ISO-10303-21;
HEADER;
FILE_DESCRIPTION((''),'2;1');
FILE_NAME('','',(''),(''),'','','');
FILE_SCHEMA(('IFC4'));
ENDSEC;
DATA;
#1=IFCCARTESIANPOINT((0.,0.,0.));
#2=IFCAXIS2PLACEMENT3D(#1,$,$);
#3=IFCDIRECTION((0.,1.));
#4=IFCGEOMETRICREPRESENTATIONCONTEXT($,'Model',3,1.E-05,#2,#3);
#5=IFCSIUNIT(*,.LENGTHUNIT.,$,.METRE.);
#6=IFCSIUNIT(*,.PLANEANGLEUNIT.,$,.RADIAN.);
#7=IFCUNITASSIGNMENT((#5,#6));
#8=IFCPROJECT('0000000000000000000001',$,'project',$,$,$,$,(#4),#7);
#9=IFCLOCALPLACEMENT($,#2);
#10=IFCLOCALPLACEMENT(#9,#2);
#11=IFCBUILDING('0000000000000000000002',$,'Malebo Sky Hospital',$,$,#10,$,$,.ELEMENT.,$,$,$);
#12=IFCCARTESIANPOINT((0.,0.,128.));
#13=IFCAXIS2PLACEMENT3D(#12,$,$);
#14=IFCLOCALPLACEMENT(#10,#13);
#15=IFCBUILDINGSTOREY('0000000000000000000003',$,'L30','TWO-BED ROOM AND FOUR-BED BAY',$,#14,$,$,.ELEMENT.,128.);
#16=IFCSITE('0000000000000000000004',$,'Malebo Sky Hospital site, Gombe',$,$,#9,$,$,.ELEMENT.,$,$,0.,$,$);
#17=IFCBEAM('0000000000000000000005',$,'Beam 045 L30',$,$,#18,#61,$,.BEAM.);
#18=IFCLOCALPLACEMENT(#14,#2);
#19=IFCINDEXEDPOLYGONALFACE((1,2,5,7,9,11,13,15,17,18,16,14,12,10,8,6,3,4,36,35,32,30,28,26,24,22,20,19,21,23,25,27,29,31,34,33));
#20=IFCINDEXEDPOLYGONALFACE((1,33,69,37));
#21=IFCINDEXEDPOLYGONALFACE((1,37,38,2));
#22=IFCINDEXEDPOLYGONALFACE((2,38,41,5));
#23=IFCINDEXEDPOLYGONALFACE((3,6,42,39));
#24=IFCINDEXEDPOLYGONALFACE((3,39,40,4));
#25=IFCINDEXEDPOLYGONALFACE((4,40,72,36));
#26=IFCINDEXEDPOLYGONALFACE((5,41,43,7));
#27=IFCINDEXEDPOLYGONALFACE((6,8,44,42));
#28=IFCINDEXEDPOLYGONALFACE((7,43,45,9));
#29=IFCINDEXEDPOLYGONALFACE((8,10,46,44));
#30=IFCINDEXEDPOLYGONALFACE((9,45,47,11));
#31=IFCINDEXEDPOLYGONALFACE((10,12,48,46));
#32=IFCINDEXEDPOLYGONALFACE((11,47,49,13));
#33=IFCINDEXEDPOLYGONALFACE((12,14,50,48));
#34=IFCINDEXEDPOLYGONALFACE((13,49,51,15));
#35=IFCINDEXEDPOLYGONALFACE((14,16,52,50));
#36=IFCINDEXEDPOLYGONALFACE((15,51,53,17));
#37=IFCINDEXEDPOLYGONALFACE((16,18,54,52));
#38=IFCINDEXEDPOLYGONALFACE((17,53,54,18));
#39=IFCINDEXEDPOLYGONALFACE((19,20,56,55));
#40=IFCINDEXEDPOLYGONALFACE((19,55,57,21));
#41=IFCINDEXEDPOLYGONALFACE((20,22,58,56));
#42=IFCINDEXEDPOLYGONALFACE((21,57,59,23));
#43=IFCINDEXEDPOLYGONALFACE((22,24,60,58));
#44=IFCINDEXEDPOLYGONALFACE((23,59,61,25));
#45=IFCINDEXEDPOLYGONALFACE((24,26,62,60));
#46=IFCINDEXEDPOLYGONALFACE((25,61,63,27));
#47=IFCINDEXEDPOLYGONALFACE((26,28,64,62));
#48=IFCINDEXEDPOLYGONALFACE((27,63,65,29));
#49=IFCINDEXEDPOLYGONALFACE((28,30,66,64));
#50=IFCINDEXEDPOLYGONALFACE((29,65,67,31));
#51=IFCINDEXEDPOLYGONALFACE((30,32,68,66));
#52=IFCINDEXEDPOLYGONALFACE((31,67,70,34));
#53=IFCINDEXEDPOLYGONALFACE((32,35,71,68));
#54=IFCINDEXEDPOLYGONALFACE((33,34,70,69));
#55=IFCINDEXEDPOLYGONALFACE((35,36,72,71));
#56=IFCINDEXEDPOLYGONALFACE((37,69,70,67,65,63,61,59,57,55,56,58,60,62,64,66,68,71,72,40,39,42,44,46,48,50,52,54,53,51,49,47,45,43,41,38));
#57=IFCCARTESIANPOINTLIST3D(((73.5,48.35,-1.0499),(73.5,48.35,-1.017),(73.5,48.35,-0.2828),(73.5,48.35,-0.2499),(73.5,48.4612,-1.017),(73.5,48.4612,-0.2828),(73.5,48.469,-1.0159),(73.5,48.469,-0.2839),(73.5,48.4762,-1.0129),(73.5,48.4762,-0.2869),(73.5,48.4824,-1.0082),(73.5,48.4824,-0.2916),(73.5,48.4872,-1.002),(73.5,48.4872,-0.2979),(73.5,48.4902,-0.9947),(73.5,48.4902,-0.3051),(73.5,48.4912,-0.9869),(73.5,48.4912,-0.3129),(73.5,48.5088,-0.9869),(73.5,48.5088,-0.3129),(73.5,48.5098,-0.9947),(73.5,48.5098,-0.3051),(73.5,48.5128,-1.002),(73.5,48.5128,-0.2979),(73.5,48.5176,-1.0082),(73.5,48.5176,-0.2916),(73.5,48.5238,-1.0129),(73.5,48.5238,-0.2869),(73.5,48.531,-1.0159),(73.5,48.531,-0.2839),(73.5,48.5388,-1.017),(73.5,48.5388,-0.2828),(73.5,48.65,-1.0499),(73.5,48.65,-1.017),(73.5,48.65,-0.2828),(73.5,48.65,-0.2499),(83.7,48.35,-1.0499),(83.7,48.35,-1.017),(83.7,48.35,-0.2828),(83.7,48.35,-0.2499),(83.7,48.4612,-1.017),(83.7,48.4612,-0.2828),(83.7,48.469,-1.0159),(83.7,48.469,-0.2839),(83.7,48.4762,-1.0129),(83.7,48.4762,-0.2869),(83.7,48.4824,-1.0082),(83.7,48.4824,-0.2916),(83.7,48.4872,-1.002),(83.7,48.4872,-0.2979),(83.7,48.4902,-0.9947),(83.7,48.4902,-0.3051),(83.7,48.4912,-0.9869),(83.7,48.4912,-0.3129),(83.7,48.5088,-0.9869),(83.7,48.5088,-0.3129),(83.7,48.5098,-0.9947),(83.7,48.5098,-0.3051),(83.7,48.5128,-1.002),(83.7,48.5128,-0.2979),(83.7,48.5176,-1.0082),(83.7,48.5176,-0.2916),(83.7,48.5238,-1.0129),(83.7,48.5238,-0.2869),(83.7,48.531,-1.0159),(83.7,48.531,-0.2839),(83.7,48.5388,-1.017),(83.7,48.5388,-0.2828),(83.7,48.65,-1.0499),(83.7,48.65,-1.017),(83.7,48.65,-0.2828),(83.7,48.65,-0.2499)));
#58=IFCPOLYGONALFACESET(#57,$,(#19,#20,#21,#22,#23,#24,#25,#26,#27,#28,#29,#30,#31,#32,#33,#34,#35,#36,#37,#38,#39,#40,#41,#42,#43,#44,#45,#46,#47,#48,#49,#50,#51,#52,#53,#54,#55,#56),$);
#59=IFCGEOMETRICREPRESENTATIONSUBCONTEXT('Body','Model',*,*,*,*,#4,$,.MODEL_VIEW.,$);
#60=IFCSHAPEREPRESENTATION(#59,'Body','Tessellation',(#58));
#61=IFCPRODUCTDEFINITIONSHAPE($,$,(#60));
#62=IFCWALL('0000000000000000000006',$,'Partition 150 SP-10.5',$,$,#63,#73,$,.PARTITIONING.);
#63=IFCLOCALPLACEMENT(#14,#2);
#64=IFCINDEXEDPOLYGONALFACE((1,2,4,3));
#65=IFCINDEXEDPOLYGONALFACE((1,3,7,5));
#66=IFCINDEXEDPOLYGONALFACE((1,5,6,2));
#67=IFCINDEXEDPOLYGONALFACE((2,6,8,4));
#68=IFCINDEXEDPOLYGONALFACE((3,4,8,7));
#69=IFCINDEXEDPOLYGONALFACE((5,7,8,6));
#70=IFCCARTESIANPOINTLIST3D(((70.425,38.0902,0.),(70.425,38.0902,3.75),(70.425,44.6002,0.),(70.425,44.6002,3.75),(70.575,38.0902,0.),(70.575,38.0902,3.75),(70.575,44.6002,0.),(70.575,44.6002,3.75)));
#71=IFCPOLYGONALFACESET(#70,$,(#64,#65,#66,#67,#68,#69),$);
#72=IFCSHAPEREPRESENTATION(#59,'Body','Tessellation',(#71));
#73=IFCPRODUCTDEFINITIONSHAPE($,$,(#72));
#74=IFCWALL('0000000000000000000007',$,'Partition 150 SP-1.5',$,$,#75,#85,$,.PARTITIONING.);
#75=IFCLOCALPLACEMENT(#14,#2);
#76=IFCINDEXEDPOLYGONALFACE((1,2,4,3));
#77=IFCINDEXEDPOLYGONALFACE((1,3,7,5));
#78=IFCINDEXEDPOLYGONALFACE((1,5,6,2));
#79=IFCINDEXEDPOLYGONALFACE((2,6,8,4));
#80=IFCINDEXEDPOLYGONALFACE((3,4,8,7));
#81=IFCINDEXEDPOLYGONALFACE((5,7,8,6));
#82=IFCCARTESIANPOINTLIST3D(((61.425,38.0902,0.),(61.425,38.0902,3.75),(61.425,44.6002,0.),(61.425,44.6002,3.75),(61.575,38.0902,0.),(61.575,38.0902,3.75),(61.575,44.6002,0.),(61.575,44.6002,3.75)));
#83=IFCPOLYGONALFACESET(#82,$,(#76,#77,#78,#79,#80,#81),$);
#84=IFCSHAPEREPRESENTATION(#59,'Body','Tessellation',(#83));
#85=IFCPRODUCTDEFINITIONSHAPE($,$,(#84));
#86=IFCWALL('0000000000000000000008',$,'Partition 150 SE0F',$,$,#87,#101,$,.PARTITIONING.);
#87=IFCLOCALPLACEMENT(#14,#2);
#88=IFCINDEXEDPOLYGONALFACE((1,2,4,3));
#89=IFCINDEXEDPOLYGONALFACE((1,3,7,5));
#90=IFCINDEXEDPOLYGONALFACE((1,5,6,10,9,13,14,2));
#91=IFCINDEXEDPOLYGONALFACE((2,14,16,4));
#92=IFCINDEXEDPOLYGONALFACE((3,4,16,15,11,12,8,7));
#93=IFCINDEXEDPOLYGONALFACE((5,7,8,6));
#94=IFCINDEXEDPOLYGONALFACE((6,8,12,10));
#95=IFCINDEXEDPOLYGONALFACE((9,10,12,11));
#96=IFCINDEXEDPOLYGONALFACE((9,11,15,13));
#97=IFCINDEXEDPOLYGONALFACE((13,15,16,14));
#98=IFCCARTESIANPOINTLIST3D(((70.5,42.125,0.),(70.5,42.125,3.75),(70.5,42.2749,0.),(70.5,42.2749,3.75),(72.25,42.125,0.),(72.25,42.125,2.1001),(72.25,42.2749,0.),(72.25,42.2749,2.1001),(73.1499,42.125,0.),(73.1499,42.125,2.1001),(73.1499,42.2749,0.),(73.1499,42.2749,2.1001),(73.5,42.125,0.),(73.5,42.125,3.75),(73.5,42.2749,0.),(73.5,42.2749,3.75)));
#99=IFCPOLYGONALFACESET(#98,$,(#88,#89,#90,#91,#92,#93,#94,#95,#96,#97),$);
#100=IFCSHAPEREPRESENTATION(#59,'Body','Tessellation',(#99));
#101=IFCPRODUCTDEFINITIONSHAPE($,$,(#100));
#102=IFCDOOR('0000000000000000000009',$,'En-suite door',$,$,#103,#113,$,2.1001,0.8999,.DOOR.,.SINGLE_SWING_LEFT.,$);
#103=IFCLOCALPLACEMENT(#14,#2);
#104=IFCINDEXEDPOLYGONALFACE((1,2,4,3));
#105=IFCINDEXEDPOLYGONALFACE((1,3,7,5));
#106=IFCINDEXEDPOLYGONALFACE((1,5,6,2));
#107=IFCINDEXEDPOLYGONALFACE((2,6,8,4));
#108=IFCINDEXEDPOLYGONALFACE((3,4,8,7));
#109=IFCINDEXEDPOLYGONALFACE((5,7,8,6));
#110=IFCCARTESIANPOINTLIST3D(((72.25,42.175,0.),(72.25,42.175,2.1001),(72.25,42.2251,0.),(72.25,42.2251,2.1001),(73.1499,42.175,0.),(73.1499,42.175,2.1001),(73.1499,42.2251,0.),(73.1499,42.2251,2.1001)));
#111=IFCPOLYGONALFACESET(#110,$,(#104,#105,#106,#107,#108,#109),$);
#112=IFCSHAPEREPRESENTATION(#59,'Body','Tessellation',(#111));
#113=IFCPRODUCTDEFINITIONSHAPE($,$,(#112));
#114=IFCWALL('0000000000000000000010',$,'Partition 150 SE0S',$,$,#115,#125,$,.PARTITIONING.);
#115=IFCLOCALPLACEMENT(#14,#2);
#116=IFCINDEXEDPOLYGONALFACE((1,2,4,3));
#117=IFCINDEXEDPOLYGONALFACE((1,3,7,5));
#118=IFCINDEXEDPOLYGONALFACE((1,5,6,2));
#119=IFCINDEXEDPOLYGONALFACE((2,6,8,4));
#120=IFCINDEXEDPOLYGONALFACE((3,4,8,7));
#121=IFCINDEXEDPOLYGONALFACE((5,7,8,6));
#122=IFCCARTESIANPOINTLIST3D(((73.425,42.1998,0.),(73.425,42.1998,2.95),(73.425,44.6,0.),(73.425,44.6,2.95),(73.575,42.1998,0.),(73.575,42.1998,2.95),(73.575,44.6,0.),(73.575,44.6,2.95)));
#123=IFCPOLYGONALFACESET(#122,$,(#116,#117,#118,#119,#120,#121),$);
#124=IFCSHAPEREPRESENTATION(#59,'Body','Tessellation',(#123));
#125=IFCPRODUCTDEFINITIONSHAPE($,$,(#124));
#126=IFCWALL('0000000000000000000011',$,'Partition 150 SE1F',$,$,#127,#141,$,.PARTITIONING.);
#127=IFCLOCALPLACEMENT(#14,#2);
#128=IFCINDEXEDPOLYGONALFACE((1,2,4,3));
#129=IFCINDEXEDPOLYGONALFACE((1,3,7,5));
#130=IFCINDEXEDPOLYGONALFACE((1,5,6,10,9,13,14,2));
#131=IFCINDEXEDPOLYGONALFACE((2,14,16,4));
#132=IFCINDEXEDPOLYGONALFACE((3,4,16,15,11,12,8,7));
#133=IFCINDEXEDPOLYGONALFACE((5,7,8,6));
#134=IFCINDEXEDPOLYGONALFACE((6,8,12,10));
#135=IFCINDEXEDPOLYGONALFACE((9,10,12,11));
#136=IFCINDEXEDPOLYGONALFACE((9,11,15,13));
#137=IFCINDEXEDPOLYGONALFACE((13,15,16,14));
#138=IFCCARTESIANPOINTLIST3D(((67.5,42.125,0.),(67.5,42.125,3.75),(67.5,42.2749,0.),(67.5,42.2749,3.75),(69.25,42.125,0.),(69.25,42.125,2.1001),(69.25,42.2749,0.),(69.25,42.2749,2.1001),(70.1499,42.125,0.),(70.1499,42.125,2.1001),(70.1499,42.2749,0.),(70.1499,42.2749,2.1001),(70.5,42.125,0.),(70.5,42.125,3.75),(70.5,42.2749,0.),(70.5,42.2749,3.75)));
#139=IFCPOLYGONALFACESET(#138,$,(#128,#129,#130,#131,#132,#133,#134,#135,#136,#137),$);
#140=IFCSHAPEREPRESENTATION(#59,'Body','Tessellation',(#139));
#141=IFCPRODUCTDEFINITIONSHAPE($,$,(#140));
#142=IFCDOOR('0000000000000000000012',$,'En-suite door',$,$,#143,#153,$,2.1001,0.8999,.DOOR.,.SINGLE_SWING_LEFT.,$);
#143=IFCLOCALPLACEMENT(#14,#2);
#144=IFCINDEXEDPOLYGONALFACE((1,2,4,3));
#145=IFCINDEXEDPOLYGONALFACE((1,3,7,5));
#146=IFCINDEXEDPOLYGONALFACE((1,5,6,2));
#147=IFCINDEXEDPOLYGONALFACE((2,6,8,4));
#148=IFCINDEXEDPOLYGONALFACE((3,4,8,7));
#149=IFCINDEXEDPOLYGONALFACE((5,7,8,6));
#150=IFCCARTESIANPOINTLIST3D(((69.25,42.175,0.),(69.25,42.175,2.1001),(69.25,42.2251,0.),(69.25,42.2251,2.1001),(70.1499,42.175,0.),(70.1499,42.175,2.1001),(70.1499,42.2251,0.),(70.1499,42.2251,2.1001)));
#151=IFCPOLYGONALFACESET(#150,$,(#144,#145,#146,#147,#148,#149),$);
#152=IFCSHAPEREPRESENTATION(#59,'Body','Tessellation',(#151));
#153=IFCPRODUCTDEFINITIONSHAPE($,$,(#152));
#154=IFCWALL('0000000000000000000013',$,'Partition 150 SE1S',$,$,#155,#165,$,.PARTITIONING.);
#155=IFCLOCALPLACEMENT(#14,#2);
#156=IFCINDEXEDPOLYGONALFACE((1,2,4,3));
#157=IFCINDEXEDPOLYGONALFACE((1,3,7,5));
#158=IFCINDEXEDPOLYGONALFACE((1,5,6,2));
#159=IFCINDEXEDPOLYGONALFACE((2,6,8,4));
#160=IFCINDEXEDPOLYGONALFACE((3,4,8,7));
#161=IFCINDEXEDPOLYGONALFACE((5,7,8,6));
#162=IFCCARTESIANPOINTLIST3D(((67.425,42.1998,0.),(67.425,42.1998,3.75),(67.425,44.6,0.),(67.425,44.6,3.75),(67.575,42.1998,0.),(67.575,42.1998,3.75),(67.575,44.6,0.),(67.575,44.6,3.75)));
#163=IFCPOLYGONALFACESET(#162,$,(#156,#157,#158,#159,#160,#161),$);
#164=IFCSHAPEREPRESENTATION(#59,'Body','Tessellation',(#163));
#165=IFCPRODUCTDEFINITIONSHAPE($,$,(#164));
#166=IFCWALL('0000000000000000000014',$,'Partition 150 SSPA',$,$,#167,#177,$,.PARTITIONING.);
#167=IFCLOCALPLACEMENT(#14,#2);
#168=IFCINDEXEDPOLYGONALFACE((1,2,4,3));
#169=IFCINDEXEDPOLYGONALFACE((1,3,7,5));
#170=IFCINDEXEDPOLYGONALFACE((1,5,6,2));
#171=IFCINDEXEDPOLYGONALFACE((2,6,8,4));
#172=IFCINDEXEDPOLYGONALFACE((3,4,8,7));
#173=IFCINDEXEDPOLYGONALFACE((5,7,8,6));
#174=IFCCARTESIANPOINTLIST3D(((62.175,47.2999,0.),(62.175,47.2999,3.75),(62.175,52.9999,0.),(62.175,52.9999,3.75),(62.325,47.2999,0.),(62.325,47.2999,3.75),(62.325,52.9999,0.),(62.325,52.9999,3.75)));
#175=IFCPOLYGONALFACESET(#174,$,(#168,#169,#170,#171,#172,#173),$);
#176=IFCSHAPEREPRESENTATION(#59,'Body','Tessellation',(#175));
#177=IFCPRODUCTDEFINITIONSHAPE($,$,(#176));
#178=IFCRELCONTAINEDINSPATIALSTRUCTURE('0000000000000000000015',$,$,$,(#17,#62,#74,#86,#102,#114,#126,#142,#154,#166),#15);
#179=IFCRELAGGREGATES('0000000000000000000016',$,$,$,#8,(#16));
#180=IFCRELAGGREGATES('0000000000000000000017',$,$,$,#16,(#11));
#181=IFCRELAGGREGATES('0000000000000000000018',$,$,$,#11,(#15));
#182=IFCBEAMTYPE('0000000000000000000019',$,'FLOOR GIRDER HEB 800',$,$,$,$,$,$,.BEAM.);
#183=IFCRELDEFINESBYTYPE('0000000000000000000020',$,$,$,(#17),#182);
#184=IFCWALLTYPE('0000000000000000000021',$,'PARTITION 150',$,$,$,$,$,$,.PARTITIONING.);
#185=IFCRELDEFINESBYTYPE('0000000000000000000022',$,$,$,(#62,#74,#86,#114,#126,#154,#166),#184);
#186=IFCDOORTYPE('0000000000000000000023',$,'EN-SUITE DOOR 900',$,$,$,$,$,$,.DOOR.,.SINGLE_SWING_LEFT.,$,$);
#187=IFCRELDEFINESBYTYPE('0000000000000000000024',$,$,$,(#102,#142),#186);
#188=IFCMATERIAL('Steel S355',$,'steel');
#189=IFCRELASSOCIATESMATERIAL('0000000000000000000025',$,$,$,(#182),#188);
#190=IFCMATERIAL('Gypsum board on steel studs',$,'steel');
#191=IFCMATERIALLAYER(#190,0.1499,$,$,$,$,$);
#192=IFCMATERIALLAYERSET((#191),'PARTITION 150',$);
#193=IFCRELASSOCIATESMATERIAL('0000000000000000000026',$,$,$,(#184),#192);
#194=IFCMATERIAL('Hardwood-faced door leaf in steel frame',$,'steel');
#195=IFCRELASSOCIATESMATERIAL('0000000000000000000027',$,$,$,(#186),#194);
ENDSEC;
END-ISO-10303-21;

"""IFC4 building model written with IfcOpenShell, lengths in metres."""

from ifc_helpers import new_model, si_unit, direction, frame, frame_2d, origin, origin_2d, place, context, subcontext, project, spatial, rectangle, i_section, extrude, material, layer, layer_set, material_profile, profile_set, type_object, element, fill, save


model = new_model("IFC4")

# Units and contexts
model_context = context("Model", 3, precision=1e-05, world=origin(), true_north=direction((0.0, 1.0)))
body_context = subcontext(model_context, "Body", "Model", "MODEL_VIEW")
ifc_project = project(units=[si_unit("LENGTHUNIT", "METRE"), si_unit("PLANEANGLEUNIT", "RADIAN")], contexts=[model_context])

# Site, building, storey
site_placement = place(None, origin())
site = spatial("IfcSite", under=ifc_project, at=site_placement, Name="Malebo Sky Hospital site, Gombe", CompositionType="ELEMENT", RefElevation=0.0)
building_placement = place(site_placement, origin())
building = spatial("IfcBuilding", under=site, at=building_placement, Name="Malebo Sky Hospital", CompositionType="ELEMENT")
storey_placement = place(building_placement, frame((0.0, 0.0, 128.0)))
storey = spatial("IfcBuildingStorey", under=building, at=storey_placement, Name="L30", Description="TWO-BED ROOM AND FOUR-BED BAY", CompositionType="ELEMENT", Elevation=128.0)

# Beam
ifc_material_1 = material(Name="Steel S355", Category="steel")
ifc_material_profile_1 = material_profile(ifc_material_1, i_section(OverallWidth=0.3, OverallDepth=0.8, WebThickness=0.0176, FlangeThickness=0.033, FilletRadius=0.03, at=origin_2d()), Name="HEB 800")
ifc_profile_set_1 = profile_set([ifc_material_profile_1], Name="Steel S355")
beam_type_1 = type_object("IfcBeamType", Name="FLOOR GIRDER HEB 800", PredefinedType="BEAM", material=ifc_profile_set_1)
beam_1_placement = place(storey_placement, frame((73.5, 48.5, -0.6499), z_axis=(1.0, 0.0, 0.0), x_axis=(0.0, 1.0, 0.0)))
element("IfcBeam", 1, at=beam_1_placement, inside=storey, type_object=beam_type_1, Name="Beam 045 L30", PredefinedType="BEAM", context=body_context, shape_type="SweptSolid", body=[
    extrude(i_section(OverallWidth=0.3, OverallDepth=0.8, WebThickness=0.0176, FlangeThickness=0.033, FilletRadius=0.03, at=origin_2d()), origin(), (0.0, 0.0, 1.0), 10.2),
])

# Walls
ifc_material_2 = material(Name="Gypsum board on steel studs", Category="steel")
ifc_layer = layer(ifc_material_2, 0.1499)
ifc_layer_set = layer_set([ifc_layer], Name="PARTITION 150")
wall_type = type_object("IfcWallType", Name="PARTITION 150", PredefinedType="PARTITIONING", material=ifc_layer_set)
for number, where, z_axis, x_axis, name in (
    (2, (70.5, 44.6001, 0.0), (0.0, 0.0, 1.0), (0.0, -1.0, 0.0), "Partition 150 SP-10.5"),
    (3, (61.5, 44.6001, 0.0), (0.0, 0.0, 1.0), (0.0, -1.0, 0.0), "Partition 150 SP-1.5"),
):
    element("IfcWall", number, at=place(storey_placement, frame(where, z_axis=z_axis, x_axis=x_axis)), inside=storey, type_object=wall_type, Name=name, PredefinedType="PARTITIONING", context=body_context, shape_type="SweptSolid", body=[
        extrude(rectangle(XDim=6.51, YDim=0.1499, at=frame_2d((3.2549, 0.0))), origin(), (0.0, 0.0, 1.0), 3.75),
    ])

# Wall, opening, door
wall_1_placement = place(storey_placement, frame((73.5, 42.2, 0.0), z_axis=(0.0, 0.0, 1.0), x_axis=(-1.0, 0.0, 0.0)))
wall_1 = element("IfcWall", 4, at=wall_1_placement, inside=storey, type_object=wall_type, Name="Partition 150 SE0F", PredefinedType="PARTITIONING", context=body_context, shape_type="SweptSolid", body=[
    extrude(rectangle(XDim=3.0, YDim=0.1499, at=frame_2d((1.5, 0.0))), origin(), (0.0, 0.0, 1.0), 3.75),
])
opening_1_placement = place(wall_1_placement, frame((0.3501, 0.0, 0.0)))
opening_1 = element("IfcOpeningElement", 5, at=opening_1_placement, cuts=wall_1, PredefinedType="OPENING", context=body_context, shape_type="SweptSolid", body=[
    extrude(rectangle(XDim=0.8999, YDim=2.1001, at=frame_2d((0.45, 1.05))), frame((0.0, 0.085, 0.0), z_axis=(0.0, -1.0, 0.0), x_axis=(1.0, 0.0, 0.0)), (0.0, 0.0, 1.0), 0.1699),
])
ifc_material_3 = material(Name="Hardwood-faced door leaf in steel frame", Category="steel")
door_type = type_object("IfcDoorType", Name="EN-SUITE DOOR 900", OperationType="SINGLE_SWING_LEFT", PredefinedType="DOOR", material=ifc_material_3)
door_1_placement = place(opening_1_placement, origin())
door_1 = element("IfcDoor", 6, at=door_1_placement, inside=storey, type_object=door_type, Name="En-suite door", OperationType="SINGLE_SWING_LEFT", OverallHeight=2.1001, OverallWidth=0.8999, PredefinedType="DOOR", context=body_context, shape_type="SweptSolid", body=[
    extrude(rectangle(XDim=0.8999, YDim=2.1001, at=frame_2d((0.45, 1.05))), frame((0.0, 0.0249, 0.0), z_axis=(0.0, -1.0, 0.0), x_axis=(1.0, 0.0, 0.0)), (0.0, 0.0, 1.0), 0.05),
])
fill(opening_1, door_1)

# Wall
wall_2_placement = place(storey_placement, frame((73.5, 44.6001, 0.0), z_axis=(0.0, 0.0, 1.0), x_axis=(0.0, -1.0, 0.0)))
element("IfcWall", 7, at=wall_2_placement, inside=storey, type_object=wall_type, Name="Partition 150 SE0S", PredefinedType="PARTITIONING", context=body_context, shape_type="SweptSolid", body=[
    extrude(rectangle(XDim=2.4001, YDim=0.1499, at=frame_2d((1.2002, 0.0))), origin(), (0.0, 0.0, 1.0), 2.95),
])

# Wall, opening, door
wall_3_placement = place(storey_placement, frame((70.5, 42.2, 0.0), z_axis=(0.0, 0.0, 1.0), x_axis=(-1.0, 0.0, 0.0)))
wall_3 = element("IfcWall", 8, at=wall_3_placement, inside=storey, type_object=wall_type, Name="Partition 150 SE1F", PredefinedType="PARTITIONING", context=body_context, shape_type="SweptSolid", body=[
    extrude(rectangle(XDim=3.0, YDim=0.1499, at=frame_2d((1.5, 0.0))), origin(), (0.0, 0.0, 1.0), 3.75),
])
opening_2_placement = place(wall_3_placement, frame((0.3501, 0.0, 0.0)))
opening_2 = element("IfcOpeningElement", 9, at=opening_2_placement, cuts=wall_3, PredefinedType="OPENING", context=body_context, shape_type="SweptSolid", body=[
    extrude(rectangle(XDim=0.8999, YDim=2.1001, at=frame_2d((0.45, 1.05))), frame((0.0, 0.085, 0.0), z_axis=(0.0, -1.0, 0.0), x_axis=(1.0, 0.0, 0.0)), (0.0, 0.0, 1.0), 0.1699),
])
door_2_placement = place(opening_2_placement, origin())
door_2 = element("IfcDoor", 10, at=door_2_placement, inside=storey, type_object=door_type, Name="En-suite door", OperationType="SINGLE_SWING_LEFT", OverallHeight=2.1001, OverallWidth=0.8999, PredefinedType="DOOR", context=body_context, shape_type="SweptSolid", body=[
    extrude(rectangle(XDim=0.8999, YDim=2.1001, at=frame_2d((0.45, 1.05))), frame((0.0, 0.0249, 0.0), z_axis=(0.0, -1.0, 0.0), x_axis=(1.0, 0.0, 0.0)), (0.0, 0.0, 1.0), 0.05),
])
fill(opening_2, door_2)

# Walls
wall_4_placement = place(storey_placement, frame((67.5, 44.6001, 0.0), z_axis=(0.0, 0.0, 1.0), x_axis=(0.0, -1.0, 0.0)))
element("IfcWall", 11, at=wall_4_placement, inside=storey, type_object=wall_type, Name="Partition 150 SE1S", PredefinedType="PARTITIONING", context=body_context, shape_type="SweptSolid", body=[
    extrude(rectangle(XDim=2.4001, YDim=0.1499, at=frame_2d((1.2002, 0.0))), origin(), (0.0, 0.0, 1.0), 3.75),
])
wall_5_placement = place(storey_placement, frame((62.25, 53.0, 0.0), z_axis=(0.0, 0.0, 1.0), x_axis=(0.0, -1.0, 0.0)))
element("IfcWall", 12, at=wall_5_placement, inside=storey, type_object=wall_type, Name="Partition 150 SSPA", PredefinedType="PARTITIONING", context=body_context, shape_type="SweptSolid", body=[
    extrude(rectangle(XDim=5.7, YDim=0.1499, at=frame_2d((2.8501, 0.0))), origin(), (0.0, 0.0, 1.0), 3.75),
])

save(model, "model.ifc")
